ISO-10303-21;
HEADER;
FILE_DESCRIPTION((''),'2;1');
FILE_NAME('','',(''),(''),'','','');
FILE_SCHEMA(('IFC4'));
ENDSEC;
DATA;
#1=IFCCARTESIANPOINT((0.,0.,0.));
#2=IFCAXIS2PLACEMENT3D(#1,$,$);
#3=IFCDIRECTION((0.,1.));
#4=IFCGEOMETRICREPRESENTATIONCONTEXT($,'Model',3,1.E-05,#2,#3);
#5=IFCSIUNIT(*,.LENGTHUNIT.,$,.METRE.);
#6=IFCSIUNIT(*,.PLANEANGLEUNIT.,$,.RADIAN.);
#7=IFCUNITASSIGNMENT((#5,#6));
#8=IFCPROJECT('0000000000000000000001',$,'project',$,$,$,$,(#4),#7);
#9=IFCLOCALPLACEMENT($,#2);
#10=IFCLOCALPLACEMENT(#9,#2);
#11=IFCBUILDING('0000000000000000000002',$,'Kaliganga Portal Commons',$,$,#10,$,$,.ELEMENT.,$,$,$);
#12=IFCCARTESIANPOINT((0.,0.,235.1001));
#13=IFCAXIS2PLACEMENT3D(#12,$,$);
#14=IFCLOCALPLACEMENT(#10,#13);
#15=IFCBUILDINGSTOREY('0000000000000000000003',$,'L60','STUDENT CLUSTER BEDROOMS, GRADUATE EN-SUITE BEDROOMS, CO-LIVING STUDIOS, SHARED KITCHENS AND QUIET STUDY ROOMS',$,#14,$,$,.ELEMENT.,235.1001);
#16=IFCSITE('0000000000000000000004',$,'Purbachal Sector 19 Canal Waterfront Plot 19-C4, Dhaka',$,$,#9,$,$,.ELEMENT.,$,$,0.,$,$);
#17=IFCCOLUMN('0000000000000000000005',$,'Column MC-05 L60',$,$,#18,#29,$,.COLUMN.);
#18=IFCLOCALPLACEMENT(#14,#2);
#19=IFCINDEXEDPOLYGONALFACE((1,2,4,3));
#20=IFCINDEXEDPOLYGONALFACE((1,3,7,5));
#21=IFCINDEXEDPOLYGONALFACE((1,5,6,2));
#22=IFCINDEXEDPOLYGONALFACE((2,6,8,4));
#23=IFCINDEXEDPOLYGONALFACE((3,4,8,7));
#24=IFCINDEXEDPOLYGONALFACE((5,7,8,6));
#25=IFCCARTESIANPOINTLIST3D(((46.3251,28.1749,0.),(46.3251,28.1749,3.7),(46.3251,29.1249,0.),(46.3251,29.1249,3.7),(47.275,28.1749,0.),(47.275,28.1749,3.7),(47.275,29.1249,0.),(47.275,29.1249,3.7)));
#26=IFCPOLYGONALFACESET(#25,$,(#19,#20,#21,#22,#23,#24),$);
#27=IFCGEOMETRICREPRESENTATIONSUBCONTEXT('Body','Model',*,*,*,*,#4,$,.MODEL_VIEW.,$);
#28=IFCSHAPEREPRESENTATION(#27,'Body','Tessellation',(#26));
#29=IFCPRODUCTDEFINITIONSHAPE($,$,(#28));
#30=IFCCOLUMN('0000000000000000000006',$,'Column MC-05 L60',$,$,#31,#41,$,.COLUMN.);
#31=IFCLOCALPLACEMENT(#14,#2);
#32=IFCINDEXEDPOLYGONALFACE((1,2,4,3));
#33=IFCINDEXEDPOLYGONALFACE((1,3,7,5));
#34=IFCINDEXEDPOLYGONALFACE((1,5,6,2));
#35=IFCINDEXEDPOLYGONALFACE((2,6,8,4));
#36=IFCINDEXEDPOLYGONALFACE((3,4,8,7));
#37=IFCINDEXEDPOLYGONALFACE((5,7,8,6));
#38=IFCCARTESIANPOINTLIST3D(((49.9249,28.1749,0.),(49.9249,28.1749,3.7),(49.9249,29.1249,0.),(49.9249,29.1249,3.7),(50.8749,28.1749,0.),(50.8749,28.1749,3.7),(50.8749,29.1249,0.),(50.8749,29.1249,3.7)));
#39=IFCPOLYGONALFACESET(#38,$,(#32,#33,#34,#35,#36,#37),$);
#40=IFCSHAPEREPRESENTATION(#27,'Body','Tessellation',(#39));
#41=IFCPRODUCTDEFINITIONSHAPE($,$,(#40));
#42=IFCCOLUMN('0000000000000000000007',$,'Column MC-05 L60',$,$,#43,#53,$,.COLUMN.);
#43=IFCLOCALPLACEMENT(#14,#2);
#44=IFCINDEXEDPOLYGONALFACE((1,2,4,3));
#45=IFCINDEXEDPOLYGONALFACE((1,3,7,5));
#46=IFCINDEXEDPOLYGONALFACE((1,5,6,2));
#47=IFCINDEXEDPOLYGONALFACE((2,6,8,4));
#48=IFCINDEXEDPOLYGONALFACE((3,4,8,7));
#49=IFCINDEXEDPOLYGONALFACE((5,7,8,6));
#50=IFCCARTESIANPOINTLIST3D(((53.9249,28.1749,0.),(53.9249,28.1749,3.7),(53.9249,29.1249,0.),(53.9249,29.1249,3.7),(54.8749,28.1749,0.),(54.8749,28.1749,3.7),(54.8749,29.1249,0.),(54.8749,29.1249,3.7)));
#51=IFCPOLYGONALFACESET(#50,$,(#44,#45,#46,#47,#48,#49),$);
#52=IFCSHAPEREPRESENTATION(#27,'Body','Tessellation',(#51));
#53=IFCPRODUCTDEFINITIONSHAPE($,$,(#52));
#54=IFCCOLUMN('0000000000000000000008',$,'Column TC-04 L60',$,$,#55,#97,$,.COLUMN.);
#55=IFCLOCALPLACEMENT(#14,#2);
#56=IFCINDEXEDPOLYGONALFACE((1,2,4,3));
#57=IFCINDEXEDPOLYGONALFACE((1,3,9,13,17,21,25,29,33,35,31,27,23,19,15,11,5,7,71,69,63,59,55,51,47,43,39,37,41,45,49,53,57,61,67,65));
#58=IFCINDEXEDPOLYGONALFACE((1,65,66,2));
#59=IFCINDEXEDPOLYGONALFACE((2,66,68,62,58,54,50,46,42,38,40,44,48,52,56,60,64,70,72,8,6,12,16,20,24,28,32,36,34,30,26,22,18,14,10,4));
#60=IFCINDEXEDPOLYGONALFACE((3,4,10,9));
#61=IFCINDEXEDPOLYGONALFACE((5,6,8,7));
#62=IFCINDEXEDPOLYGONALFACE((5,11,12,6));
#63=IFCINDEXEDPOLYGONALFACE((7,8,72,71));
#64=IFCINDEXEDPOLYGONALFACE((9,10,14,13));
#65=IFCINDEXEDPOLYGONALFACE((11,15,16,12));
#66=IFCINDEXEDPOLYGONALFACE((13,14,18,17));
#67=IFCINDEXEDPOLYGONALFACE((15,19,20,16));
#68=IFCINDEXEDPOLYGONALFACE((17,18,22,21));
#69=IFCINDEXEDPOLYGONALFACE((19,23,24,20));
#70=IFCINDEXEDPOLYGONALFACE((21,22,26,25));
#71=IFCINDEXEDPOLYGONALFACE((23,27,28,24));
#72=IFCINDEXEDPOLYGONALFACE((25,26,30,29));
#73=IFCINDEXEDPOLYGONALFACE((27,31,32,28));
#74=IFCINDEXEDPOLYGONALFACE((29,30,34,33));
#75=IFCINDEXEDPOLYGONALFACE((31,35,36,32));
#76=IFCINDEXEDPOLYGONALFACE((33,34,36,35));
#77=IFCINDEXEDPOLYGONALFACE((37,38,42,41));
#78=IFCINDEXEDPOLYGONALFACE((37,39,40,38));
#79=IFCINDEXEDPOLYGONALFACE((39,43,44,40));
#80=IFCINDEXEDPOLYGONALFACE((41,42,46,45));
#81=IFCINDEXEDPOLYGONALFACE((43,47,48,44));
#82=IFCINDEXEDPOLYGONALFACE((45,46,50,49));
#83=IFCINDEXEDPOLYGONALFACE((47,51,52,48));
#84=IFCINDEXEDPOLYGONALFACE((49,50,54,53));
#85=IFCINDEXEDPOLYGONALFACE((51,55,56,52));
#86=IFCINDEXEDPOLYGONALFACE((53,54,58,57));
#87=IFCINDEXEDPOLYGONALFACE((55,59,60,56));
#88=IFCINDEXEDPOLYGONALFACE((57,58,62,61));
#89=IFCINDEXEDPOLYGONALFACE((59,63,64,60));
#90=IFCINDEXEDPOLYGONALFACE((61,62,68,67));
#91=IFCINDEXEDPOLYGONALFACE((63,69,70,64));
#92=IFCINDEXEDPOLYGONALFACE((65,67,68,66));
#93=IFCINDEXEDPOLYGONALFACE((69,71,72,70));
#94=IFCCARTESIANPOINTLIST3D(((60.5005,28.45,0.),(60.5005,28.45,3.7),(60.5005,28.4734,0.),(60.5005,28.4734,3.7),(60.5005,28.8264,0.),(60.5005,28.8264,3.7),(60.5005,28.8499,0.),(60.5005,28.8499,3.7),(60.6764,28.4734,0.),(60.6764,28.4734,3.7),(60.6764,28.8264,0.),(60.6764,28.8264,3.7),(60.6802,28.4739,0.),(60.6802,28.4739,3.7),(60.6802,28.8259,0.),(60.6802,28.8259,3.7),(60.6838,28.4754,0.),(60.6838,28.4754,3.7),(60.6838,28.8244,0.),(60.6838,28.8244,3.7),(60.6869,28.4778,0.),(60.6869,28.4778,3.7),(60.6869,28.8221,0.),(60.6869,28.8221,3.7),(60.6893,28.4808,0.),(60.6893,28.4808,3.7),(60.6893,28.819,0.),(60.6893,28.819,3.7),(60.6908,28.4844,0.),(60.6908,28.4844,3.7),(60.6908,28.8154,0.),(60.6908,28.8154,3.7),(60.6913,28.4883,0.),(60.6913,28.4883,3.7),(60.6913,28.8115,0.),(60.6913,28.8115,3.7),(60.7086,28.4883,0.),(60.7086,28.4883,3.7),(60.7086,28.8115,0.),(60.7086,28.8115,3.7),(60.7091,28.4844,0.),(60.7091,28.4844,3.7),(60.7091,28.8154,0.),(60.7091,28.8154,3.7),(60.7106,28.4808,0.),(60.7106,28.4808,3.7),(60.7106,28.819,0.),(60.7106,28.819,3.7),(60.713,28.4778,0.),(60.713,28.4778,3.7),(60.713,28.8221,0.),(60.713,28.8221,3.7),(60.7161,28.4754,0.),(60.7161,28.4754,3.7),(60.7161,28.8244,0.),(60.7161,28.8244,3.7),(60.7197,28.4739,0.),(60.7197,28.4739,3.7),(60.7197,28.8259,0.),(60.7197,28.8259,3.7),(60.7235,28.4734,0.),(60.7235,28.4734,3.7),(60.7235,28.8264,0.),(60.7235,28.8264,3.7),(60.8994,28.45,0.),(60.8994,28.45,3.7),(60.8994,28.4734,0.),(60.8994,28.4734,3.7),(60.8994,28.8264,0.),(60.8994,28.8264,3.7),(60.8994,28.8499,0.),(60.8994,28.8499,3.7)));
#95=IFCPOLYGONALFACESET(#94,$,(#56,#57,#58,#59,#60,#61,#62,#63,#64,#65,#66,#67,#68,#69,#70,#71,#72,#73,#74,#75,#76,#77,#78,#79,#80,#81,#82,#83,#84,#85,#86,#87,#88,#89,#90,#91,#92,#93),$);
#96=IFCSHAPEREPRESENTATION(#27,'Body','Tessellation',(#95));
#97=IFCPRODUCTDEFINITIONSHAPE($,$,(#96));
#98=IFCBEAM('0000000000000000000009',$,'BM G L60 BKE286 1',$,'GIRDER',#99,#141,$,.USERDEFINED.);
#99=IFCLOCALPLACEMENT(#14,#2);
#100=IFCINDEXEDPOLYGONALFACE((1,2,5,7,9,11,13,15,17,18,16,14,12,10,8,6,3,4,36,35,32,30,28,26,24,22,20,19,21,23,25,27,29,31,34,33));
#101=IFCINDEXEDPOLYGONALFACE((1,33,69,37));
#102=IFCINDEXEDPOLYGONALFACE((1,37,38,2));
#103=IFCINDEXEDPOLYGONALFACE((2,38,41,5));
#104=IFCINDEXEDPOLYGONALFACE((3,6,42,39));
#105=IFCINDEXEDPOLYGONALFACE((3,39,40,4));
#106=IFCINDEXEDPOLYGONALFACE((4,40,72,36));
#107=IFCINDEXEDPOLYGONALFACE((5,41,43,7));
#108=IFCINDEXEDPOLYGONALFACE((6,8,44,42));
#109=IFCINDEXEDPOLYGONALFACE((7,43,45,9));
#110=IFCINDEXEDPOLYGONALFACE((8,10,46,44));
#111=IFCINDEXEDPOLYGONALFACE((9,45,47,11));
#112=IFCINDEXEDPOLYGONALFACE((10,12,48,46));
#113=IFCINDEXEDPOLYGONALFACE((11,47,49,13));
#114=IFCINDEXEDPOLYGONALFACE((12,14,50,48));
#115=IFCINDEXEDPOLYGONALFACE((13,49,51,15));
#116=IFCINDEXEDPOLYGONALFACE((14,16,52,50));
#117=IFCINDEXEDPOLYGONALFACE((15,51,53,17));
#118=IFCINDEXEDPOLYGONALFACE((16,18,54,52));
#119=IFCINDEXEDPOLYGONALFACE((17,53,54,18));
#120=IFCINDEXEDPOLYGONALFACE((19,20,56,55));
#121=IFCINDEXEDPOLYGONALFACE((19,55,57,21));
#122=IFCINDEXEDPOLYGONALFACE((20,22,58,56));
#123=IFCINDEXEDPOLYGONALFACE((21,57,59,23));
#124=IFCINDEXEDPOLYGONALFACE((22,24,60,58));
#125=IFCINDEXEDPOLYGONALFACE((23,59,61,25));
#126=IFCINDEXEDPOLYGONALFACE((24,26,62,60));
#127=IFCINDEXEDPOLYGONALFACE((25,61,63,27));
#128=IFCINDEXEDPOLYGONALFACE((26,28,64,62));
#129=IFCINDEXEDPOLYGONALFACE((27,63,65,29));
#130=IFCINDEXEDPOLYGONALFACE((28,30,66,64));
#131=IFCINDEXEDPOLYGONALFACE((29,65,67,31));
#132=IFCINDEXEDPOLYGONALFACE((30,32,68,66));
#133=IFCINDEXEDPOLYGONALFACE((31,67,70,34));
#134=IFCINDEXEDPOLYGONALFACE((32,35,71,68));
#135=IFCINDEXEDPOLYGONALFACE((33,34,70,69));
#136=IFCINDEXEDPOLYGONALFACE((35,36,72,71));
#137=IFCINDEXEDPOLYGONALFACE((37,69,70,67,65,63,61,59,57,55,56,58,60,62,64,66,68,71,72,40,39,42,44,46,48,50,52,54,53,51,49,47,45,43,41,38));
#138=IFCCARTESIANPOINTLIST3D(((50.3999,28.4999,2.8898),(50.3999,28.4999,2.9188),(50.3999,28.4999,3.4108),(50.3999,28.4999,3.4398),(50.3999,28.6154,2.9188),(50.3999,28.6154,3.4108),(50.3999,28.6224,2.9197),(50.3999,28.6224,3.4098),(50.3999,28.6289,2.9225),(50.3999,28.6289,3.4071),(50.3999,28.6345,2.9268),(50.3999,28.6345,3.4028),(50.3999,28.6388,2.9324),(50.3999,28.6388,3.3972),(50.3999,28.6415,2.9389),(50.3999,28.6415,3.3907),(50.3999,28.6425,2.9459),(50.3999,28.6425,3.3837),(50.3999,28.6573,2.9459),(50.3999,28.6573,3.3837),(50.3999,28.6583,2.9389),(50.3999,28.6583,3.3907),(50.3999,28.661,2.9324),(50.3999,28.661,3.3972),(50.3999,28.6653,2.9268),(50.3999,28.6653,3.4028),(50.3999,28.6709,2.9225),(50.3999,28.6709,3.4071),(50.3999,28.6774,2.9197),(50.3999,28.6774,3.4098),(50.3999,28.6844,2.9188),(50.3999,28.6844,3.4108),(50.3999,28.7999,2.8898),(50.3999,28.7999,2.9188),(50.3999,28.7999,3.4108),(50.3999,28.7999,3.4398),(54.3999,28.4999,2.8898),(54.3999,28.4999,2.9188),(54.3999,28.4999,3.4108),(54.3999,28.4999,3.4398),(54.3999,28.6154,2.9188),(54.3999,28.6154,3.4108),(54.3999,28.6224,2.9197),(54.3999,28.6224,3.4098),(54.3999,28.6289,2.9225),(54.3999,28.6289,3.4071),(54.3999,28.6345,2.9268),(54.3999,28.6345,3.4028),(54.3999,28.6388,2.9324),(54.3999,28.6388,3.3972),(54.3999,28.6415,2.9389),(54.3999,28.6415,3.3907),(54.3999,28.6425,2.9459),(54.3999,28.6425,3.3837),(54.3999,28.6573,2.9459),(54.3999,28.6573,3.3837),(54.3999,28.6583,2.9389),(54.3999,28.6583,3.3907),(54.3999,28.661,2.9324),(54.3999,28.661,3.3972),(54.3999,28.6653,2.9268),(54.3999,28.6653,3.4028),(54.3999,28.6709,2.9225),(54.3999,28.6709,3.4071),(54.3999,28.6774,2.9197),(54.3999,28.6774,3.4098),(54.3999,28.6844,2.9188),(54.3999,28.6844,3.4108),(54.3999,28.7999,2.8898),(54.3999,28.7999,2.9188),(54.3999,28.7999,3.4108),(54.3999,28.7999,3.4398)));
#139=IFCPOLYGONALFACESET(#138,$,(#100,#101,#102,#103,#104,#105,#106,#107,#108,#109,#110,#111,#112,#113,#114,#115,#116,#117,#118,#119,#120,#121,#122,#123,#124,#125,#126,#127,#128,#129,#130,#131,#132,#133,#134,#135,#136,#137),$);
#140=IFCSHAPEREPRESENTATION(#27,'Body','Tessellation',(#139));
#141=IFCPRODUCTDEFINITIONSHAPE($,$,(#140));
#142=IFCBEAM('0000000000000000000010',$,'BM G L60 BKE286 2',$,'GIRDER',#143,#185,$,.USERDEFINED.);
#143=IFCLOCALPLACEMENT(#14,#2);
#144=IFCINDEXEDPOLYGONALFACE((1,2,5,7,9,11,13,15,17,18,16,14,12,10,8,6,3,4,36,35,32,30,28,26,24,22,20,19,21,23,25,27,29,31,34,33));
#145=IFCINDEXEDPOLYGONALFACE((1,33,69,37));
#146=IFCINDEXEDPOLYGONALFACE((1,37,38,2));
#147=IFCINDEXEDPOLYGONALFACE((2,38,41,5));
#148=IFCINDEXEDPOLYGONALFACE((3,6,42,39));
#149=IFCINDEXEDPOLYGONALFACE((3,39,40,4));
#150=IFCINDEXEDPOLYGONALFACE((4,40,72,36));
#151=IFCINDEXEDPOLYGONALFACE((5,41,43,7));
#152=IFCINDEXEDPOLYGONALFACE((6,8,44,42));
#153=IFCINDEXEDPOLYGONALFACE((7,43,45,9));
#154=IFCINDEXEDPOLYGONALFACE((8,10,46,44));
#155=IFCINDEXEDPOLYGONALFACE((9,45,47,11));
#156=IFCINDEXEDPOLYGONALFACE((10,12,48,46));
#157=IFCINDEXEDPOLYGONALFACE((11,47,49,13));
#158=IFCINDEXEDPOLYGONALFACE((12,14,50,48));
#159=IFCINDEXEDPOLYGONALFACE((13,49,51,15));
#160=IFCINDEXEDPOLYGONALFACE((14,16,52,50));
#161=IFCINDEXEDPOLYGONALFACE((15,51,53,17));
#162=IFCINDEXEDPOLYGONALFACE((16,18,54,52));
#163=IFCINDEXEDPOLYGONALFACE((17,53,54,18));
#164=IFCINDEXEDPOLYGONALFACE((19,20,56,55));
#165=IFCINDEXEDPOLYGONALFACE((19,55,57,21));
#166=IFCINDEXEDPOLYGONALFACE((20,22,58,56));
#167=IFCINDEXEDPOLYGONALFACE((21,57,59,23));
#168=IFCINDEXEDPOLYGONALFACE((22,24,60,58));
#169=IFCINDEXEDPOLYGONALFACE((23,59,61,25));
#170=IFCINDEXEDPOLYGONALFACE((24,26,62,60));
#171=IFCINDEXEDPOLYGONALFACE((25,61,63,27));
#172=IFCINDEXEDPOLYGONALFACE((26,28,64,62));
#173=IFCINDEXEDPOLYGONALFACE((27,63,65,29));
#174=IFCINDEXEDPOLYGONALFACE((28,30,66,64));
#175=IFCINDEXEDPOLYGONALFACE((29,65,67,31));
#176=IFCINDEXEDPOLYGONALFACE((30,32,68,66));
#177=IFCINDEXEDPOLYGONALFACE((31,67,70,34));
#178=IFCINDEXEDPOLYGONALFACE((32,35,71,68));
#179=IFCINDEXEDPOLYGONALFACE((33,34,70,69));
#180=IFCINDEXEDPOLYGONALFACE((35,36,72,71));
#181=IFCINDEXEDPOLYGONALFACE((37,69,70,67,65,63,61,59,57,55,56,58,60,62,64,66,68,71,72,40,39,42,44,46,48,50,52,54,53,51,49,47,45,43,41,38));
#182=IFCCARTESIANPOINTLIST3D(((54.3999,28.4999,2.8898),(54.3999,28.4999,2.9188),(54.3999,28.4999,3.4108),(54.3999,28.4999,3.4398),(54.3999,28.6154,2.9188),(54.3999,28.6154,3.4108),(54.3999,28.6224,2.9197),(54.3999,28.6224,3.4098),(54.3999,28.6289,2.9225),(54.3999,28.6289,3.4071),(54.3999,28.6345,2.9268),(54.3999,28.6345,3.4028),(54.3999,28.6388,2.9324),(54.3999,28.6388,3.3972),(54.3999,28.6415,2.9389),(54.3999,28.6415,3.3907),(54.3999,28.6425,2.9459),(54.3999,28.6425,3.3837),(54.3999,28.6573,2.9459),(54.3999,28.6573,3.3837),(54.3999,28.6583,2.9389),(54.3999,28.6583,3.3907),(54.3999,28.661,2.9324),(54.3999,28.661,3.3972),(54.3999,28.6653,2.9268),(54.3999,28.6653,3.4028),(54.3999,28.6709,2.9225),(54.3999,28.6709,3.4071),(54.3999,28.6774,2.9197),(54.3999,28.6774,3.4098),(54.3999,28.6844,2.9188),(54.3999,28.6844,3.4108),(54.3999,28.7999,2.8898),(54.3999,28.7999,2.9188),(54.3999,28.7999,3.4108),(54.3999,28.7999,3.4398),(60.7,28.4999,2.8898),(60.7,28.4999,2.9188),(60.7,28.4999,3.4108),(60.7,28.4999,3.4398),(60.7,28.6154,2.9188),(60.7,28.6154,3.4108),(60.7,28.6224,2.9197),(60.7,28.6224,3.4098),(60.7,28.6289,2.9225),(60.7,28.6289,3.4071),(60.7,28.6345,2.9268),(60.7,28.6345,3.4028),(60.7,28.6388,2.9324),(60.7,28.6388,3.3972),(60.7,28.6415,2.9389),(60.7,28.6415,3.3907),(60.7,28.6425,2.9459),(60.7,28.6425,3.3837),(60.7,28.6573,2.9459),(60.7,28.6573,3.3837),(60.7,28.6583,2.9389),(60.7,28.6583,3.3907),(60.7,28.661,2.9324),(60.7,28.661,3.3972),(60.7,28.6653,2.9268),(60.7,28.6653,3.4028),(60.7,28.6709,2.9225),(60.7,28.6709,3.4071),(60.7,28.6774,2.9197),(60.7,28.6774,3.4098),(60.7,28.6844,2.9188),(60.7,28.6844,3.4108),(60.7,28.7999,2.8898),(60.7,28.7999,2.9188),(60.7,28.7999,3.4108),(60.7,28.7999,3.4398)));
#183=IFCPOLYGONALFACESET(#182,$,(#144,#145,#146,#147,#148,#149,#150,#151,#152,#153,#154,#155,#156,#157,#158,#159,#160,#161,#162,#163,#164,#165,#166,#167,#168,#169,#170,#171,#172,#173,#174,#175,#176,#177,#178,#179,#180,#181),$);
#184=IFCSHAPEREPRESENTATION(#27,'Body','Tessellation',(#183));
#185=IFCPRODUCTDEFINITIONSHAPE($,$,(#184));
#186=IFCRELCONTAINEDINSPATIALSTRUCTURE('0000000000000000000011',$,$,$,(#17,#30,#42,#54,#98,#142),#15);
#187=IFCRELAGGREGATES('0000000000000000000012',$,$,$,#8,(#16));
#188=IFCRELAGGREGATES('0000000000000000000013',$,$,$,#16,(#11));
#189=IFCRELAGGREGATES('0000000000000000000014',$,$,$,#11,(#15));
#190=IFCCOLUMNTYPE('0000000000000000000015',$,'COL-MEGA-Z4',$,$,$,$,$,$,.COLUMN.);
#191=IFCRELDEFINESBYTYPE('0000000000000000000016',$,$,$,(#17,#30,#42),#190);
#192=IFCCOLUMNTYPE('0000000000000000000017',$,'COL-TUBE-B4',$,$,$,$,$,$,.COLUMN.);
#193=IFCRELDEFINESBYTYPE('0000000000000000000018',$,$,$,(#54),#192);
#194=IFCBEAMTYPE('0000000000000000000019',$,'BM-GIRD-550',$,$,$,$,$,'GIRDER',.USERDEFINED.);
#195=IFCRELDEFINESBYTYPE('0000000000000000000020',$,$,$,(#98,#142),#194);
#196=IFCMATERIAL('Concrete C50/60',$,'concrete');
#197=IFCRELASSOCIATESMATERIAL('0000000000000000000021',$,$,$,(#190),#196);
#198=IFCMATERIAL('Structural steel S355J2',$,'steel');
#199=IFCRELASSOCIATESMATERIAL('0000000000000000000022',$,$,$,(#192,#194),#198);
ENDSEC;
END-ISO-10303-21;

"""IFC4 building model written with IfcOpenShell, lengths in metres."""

from ifc_helpers import new_model, si_unit, direction, frame, origin, origin_2d, place, context, subcontext, project, spatial, rectangle, i_section, extrude, source, transform, mapped, material, material_profile, profile_set, type_object, element, save


model = new_model("IFC4")

# Units and contexts
model_context = context("Model", 3, precision=1e-05, world=origin(), true_north=direction((0.0, 1.0)))
body_context = subcontext(model_context, "Body", "Model", "MODEL_VIEW")
ifc_project = project(units=[si_unit("LENGTHUNIT", "METRE"), si_unit("PLANEANGLEUNIT", "RADIAN")], contexts=[model_context])

# Site, building, storey
site_placement = place(None, origin())
site = spatial("IfcSite", under=ifc_project, at=site_placement, Name="Purbachal Sector 19 Canal Waterfront Plot 19-C4, Dhaka", CompositionType="ELEMENT", RefElevation=0.0)
building_placement = place(site_placement, origin())
building = spatial("IfcBuilding", under=site, at=building_placement, Name="Kaliganga Portal Commons", CompositionType="ELEMENT")
storey_placement = place(building_placement, frame((0.0, 0.0, 235.1001)))
storey = spatial("IfcBuildingStorey", under=building, at=storey_placement, Name="L60", Description="STUDENT CLUSTER BEDROOMS, GRADUATE EN-SUITE BEDROOMS, CO-LIVING STUDIOS, SHARED KITCHENS AND QUIET STUDY ROOMS", CompositionType="ELEMENT", Elevation=235.1001)

# Columns
ifc_material_1 = material(Name="Concrete C50/60", Category="concrete")
ifc_material_profile_1 = material_profile(ifc_material_1, rectangle(XDim=0.95, YDim=0.95, at=origin_2d()), Name="RC 950x950")
ifc_profile_set_1 = profile_set([ifc_material_profile_1], Name="Concrete C50/60")
column_type_1 = type_object("IfcColumnType", Name="COL-MEGA-Z4", PredefinedType="COLUMN", material=ifc_profile_set_1)
shared_shape_1 = source(origin(), body_context, "Body", "SweptSolid", [
    extrude(rectangle(XDim=0.95, YDim=0.95, at=origin_2d()), origin(), (0.0, 0.0, 1.0), 3.7),
])
for number, where, z_axis, x_axis, name in (
    (1, (46.8, 28.6499, 0.0), (0.0, 0.0, 1.0), (1.0, 0.0, 0.0), "Column MC-05 L60"),
    (2, (50.3999, 28.6499, 0.0), (0.0, 0.0, 1.0), (1.0, 0.0, 0.0), "Column MC-05 L60"),
    (3, (54.3999, 28.6499, 0.0), (0.0, 0.0, 1.0), (1.0, 0.0, 0.0), "Column MC-05 L60"),
):
    element("IfcColumn", number, at=place(storey_placement, frame(where, z_axis=z_axis, x_axis=x_axis)), inside=storey, type_object=column_type_1, Name=name, PredefinedType="COLUMN", context=body_context, shape_type="MappedRepresentation", body=[
        mapped(shared_shape_1, transform((0.0, 0.0, 0.0), x_axis=(1.0, 0.0, 0.0), y_axis=(0.0, 1.0, 0.0), z_axis=(0.0, 0.0, 1.0), scale=1.0)),
    ])
ifc_material_2 = material(Name="Structural steel S355J2", Category="steel")
ifc_material_profile_2 = material_profile(ifc_material_2, i_section(OverallWidth=0.3989, OverallDepth=0.3999, WebThickness=0.0173, FlangeThickness=0.0234, FilletRadius=0.0149, at=origin_2d()), Name="HD 400x287")
ifc_profile_set_2 = profile_set([ifc_material_profile_2], Name="Structural steel S355J2 wide-flange")
column_type_2 = type_object("IfcColumnType", Name="COL-TUBE-B4", PredefinedType="COLUMN", material=ifc_profile_set_2)
shared_shape_2 = source(origin(), body_context, "Body", "SweptSolid", [
    extrude(i_section(OverallWidth=0.3989, OverallDepth=0.3999, WebThickness=0.0173, FlangeThickness=0.0234, FilletRadius=0.0149, at=origin_2d()), origin(), (0.0, 0.0, 1.0), 3.7),
])
column_placement = place(storey_placement, frame((60.7, 28.6499, 0.0), z_axis=(0.0, 0.0, 1.0), x_axis=(1.0, 0.0, 0.0)))
element("IfcColumn", 4, at=column_placement, inside=storey, type_object=column_type_2, Name="Column TC-04 L60", PredefinedType="COLUMN", context=body_context, shape_type="MappedRepresentation", body=[
    mapped(shared_shape_2, transform((0.0, 0.0, 0.0), x_axis=(1.0, 0.0, 0.0), y_axis=(0.0, 1.0, 0.0), z_axis=(0.0, 0.0, 1.0), scale=1.0)),
])

# Beams
ifc_material_profile_3 = material_profile(ifc_material_2, i_section(OverallWidth=0.3, OverallDepth=0.55, WebThickness=0.0149, FlangeThickness=0.0291, FilletRadius=0.0271, at=origin_2d()), Name="HE 550 B")
ifc_profile_set_3 = profile_set([ifc_material_profile_3], Name="Structural steel S355J2 wide-flange")
beam_type_1 = type_object("IfcBeamType", Name="BM-GIRD-550", ElementType="GIRDER", PredefinedType="USERDEFINED", material=ifc_profile_set_3)
shared_shape_3 = source(origin(), body_context, "Body", "SweptSolid", [
    extrude(i_section(OverallWidth=0.3, OverallDepth=0.55, WebThickness=0.0149, FlangeThickness=0.0291, FilletRadius=0.0271, at=origin_2d()), origin(), (0.0, 0.0, 1.0), 4.0),
])
beam_1_placement = place(storey_placement, frame((50.3999, 28.6499, 3.1648), z_axis=(1.0, 0.0, 0.0), x_axis=(0.0, 1.0, 0.0)))
element("IfcBeam", 5, at=beam_1_placement, inside=storey, type_object=beam_type_1, Name="BM G L60 BKE286 1", ObjectType="GIRDER", PredefinedType="USERDEFINED", context=body_context, shape_type="MappedRepresentation", body=[
    mapped(shared_shape_3, transform((0.0, 0.0, 0.0), x_axis=(1.0, 0.0, 0.0), y_axis=(0.0, 1.0, 0.0), z_axis=(0.0, 0.0, 1.0), scale=1.0)),
])
shared_shape_4 = source(origin(), body_context, "Body", "SweptSolid", [
    extrude(i_section(OverallWidth=0.3, OverallDepth=0.55, WebThickness=0.0149, FlangeThickness=0.0291, FilletRadius=0.0271, at=origin_2d()), origin(), (0.0, 0.0, 1.0), 6.3),
])
beam_2_placement = place(storey_placement, frame((54.3999, 28.6499, 3.1648), z_axis=(1.0, 0.0, 0.0), x_axis=(0.0, 1.0, 0.0)))
element("IfcBeam", 6, at=beam_2_placement, inside=storey, type_object=beam_type_1, Name="BM G L60 BKE286 2", ObjectType="GIRDER", PredefinedType="USERDEFINED", context=body_context, shape_type="MappedRepresentation", body=[
    mapped(shared_shape_4, transform((0.0, 0.0, 0.0), x_axis=(1.0, 0.0, 0.0), y_axis=(0.0, 1.0, 0.0), z_axis=(0.0, 0.0, 1.0), scale=1.0)),
])

save(model, "model.ifc")
